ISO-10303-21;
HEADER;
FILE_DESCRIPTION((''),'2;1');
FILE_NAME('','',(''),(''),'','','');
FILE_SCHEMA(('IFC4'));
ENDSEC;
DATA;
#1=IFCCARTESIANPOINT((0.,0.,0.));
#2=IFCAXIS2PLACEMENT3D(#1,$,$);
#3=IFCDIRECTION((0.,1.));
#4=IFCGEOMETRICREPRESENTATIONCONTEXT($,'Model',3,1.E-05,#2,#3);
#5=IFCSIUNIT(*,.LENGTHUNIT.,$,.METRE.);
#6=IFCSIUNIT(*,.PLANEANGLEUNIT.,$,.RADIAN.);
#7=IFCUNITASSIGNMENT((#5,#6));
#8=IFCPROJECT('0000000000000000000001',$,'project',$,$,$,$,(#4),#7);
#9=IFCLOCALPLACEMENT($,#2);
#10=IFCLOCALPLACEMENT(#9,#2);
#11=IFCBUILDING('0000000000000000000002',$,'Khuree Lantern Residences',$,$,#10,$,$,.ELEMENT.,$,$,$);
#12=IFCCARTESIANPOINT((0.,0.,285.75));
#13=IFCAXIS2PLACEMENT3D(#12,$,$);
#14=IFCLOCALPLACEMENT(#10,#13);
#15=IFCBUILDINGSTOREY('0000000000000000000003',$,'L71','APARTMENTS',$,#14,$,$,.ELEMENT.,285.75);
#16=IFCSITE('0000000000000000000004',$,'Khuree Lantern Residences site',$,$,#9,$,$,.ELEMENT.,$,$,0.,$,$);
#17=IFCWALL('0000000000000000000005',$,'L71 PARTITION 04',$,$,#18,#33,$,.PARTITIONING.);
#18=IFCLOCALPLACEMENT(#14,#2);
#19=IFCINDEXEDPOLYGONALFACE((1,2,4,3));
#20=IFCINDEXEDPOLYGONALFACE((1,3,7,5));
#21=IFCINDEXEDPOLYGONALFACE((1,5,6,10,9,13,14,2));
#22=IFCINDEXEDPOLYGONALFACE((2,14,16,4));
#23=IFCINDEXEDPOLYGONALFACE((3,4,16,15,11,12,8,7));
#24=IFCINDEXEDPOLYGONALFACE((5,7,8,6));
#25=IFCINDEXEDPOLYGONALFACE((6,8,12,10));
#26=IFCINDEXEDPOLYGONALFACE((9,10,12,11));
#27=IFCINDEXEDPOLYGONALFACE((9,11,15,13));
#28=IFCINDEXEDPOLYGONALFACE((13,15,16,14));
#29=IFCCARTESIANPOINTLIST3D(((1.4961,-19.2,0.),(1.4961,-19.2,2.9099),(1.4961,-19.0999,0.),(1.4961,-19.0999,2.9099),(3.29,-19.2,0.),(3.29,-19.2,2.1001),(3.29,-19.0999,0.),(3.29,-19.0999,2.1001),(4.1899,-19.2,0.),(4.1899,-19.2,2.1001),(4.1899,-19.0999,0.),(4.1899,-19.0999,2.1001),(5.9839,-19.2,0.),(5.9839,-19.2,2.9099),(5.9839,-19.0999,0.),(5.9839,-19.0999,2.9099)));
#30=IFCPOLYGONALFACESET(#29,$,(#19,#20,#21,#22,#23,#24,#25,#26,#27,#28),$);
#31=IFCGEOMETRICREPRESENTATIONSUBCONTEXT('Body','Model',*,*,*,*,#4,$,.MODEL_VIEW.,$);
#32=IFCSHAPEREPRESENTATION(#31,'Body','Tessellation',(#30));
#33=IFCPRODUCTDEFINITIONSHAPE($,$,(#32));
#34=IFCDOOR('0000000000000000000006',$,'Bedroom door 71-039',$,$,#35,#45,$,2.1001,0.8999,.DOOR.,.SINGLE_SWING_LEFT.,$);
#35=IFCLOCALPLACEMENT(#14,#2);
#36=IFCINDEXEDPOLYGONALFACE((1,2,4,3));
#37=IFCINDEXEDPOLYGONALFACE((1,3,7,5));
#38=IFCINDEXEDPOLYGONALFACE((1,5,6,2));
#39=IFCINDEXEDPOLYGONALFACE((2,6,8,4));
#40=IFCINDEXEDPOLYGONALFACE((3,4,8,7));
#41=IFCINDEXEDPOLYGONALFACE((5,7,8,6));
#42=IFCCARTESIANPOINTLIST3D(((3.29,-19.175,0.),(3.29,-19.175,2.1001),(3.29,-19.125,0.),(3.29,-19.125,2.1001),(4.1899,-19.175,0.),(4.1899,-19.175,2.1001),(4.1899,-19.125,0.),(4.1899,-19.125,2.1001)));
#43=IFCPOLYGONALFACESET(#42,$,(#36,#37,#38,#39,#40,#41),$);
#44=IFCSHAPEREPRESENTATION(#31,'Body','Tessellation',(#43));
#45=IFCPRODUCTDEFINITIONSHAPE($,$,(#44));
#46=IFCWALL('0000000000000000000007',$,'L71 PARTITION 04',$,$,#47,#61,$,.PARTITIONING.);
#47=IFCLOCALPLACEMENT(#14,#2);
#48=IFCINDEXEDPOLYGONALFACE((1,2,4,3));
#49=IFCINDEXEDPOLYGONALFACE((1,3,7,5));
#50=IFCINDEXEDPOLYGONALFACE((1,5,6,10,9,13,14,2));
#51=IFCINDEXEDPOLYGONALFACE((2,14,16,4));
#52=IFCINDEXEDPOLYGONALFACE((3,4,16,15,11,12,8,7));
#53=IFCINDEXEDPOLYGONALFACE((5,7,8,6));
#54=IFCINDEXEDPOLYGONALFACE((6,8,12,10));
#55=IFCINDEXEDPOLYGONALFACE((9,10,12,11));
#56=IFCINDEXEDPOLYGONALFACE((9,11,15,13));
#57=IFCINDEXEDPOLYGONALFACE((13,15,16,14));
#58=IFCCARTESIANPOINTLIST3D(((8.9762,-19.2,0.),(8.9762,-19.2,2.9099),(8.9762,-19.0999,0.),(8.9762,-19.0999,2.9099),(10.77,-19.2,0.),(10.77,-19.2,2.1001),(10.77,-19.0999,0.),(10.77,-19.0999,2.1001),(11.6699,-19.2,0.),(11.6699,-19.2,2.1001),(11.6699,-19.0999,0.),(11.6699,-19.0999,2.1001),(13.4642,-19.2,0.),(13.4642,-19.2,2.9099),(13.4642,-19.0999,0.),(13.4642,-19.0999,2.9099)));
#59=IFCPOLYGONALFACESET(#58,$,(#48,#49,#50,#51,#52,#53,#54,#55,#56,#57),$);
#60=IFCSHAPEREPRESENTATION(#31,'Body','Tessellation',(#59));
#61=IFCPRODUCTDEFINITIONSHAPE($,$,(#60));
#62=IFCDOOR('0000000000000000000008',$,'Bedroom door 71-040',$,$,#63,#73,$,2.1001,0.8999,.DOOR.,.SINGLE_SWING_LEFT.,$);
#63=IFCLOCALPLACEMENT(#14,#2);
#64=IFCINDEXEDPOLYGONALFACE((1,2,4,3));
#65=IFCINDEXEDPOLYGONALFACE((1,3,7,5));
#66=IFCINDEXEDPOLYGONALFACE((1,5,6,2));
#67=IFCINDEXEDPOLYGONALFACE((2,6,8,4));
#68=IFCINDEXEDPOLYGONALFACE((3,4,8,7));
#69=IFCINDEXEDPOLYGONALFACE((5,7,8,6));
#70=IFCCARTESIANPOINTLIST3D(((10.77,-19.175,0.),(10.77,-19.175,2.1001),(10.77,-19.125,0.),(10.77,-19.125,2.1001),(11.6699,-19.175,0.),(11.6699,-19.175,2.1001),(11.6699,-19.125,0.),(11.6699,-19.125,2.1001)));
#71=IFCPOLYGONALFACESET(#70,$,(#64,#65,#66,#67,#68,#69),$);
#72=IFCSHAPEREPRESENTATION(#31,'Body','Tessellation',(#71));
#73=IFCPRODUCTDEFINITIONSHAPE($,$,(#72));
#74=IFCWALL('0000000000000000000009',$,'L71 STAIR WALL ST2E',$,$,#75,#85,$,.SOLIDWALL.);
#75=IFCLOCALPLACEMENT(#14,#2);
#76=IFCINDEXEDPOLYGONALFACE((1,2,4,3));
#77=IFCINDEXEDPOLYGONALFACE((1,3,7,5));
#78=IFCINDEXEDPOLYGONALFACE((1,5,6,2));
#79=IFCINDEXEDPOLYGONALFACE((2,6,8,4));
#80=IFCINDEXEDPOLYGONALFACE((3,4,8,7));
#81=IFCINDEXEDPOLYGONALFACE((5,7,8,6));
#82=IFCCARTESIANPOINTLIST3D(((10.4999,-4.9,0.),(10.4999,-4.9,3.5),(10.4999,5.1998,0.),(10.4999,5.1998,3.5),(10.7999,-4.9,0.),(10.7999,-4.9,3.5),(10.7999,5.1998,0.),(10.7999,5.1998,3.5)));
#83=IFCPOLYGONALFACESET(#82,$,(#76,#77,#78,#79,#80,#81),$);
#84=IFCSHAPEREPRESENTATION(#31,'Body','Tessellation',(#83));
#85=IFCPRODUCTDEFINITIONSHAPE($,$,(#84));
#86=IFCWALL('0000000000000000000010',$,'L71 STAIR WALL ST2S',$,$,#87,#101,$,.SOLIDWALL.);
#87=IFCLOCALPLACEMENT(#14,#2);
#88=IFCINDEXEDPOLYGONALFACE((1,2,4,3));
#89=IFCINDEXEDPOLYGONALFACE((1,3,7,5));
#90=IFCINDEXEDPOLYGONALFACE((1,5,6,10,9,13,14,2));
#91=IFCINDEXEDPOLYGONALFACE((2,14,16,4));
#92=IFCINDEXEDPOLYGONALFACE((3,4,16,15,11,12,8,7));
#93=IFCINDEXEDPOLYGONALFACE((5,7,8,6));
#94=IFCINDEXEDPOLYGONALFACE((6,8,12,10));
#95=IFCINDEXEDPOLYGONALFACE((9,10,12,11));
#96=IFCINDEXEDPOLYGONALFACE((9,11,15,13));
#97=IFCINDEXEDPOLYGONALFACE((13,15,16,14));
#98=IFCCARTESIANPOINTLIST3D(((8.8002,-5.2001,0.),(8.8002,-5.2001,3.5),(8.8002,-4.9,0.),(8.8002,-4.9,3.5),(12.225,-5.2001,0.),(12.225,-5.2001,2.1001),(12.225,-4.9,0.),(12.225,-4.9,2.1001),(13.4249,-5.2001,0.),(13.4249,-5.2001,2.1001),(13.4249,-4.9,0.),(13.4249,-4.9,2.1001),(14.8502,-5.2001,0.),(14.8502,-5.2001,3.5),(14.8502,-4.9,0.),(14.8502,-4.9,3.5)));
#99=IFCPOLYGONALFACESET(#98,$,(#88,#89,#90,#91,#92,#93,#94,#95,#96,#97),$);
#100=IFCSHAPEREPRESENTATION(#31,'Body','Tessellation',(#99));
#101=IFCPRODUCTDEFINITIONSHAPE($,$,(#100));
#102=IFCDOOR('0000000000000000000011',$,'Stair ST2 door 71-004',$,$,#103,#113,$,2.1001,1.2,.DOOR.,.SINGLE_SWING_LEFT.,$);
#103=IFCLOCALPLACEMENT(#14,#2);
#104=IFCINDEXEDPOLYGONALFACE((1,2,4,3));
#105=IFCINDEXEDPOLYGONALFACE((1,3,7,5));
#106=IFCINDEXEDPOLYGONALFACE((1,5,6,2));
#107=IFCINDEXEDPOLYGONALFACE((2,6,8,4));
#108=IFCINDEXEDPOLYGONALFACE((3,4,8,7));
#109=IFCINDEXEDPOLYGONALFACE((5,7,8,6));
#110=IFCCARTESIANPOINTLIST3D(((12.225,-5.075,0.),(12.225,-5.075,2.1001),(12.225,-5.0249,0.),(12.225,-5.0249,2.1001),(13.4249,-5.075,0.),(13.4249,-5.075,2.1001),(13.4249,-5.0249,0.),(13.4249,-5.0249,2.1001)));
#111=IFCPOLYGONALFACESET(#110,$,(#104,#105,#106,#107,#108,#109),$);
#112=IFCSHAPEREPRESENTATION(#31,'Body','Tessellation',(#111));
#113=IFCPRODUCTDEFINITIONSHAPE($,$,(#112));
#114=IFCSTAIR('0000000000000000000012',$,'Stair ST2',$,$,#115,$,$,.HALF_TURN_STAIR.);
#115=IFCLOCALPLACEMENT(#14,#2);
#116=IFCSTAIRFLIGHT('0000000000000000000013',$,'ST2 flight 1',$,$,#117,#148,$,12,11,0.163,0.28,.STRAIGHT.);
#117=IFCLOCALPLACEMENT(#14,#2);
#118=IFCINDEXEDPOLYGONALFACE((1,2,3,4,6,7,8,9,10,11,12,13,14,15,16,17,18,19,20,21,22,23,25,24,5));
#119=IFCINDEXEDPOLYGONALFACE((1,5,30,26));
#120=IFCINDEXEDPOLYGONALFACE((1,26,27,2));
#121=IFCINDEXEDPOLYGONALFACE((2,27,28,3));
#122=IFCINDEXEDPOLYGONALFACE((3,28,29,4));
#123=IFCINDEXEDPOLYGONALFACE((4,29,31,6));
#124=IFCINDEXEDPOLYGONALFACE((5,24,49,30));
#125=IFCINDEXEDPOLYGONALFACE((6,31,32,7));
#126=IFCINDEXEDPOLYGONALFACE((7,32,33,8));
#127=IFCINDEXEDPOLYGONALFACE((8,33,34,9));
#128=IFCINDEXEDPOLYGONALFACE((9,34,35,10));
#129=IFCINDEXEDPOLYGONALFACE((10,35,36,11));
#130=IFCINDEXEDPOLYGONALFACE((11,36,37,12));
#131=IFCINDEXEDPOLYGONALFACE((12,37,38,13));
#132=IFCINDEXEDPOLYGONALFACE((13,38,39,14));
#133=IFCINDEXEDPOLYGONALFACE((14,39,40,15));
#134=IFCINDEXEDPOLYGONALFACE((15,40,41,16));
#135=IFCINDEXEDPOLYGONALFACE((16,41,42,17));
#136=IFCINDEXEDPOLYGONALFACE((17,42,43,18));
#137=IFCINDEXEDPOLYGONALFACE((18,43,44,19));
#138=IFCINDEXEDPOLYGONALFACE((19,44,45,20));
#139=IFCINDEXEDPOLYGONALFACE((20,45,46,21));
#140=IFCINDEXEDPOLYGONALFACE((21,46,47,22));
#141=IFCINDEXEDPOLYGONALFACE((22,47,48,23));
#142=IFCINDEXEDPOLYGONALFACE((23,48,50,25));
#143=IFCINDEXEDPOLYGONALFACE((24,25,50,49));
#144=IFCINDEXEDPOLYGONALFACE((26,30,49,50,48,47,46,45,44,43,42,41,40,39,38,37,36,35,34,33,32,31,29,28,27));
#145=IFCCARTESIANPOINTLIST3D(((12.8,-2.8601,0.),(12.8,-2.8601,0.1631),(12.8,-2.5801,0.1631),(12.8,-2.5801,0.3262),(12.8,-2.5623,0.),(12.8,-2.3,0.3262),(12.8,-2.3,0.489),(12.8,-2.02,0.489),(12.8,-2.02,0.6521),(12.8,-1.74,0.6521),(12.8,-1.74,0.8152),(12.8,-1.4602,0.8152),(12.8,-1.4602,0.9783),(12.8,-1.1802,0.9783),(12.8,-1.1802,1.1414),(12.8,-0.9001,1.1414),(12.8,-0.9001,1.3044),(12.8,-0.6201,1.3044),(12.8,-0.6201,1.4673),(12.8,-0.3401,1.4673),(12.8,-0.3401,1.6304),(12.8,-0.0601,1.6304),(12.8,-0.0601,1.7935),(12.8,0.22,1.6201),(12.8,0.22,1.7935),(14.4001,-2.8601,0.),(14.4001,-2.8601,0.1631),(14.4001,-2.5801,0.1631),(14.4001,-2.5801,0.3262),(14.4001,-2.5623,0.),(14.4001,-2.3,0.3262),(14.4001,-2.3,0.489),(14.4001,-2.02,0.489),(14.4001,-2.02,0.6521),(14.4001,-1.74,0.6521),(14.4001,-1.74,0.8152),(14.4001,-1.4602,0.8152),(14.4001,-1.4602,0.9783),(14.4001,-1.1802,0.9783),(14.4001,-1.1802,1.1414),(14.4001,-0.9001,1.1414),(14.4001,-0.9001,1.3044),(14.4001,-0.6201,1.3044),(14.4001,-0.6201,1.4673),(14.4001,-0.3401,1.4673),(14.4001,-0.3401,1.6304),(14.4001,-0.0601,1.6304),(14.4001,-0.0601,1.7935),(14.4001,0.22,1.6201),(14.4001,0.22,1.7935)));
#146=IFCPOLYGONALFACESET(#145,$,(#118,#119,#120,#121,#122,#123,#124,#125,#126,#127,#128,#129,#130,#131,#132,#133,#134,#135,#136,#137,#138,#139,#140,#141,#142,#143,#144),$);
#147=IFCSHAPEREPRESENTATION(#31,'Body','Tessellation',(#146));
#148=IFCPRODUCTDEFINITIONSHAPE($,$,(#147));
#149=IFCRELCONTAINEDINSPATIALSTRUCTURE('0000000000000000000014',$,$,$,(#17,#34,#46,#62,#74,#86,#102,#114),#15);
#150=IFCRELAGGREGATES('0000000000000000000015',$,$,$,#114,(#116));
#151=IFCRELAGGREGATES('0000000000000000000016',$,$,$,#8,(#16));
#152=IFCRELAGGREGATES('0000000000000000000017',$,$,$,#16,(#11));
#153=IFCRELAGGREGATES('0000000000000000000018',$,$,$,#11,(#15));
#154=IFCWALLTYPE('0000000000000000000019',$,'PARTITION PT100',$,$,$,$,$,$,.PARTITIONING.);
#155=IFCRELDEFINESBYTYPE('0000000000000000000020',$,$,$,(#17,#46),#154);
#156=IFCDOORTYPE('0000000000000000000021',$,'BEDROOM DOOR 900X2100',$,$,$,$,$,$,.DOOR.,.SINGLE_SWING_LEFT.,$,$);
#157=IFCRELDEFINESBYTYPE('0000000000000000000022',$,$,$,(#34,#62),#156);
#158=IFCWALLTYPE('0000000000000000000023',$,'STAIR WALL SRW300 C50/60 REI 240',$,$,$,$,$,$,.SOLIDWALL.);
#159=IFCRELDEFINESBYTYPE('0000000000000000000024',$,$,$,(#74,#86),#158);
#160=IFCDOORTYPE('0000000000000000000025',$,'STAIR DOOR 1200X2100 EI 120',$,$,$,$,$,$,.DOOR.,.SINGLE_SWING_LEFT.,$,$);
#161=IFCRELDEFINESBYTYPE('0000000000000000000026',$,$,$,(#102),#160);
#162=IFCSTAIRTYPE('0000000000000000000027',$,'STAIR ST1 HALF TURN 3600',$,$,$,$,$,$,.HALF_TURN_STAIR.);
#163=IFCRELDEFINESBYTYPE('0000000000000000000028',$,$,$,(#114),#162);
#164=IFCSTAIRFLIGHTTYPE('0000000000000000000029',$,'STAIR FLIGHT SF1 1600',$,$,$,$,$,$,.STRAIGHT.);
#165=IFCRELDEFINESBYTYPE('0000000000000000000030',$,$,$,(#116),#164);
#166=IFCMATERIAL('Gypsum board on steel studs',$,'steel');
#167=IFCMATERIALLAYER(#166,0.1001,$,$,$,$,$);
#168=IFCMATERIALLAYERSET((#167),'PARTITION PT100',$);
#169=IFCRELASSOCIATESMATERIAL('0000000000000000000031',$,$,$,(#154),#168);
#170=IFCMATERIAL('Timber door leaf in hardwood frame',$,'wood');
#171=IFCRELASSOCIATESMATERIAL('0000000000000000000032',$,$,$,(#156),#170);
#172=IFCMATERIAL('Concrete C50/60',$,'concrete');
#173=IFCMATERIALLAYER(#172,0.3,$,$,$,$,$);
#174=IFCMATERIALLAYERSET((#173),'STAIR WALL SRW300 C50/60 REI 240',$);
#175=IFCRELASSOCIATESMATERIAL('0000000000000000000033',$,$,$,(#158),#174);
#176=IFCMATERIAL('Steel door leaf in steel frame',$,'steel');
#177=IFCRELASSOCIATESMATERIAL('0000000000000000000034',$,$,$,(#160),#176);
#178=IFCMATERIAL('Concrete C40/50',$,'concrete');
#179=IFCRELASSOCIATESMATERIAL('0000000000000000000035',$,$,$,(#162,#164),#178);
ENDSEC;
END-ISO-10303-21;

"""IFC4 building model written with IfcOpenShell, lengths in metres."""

from ifc_helpers import new_model, si_unit, direction, frame, frame_2d, origin, place, context, subcontext, project, spatial, polyline, rectangle, outline, extrude, material, layer, layer_set, type_object, element, fill, aggregate, save


model = new_model("IFC4")

# Units and contexts
model_context = context("Model", 3, precision=1e-05, world=origin(), true_north=direction((0.0, 1.0)))
body_context = subcontext(model_context, "Body", "Model", "MODEL_VIEW")
ifc_project = project(units=[si_unit("LENGTHUNIT", "METRE"), si_unit("PLANEANGLEUNIT", "RADIAN")], contexts=[model_context])

# Site, building, storey
site_placement = place(None, origin())
site = spatial("IfcSite", under=ifc_project, at=site_placement, Name="Khuree Lantern Residences site", CompositionType="ELEMENT", RefElevation=0.0)
building_placement = place(site_placement, origin())
building = spatial("IfcBuilding", under=site, at=building_placement, Name="Khuree Lantern Residences", CompositionType="ELEMENT")
storey_placement = place(building_placement, frame((0.0, 0.0, 285.75)))
storey = spatial("IfcBuildingStorey", under=building, at=storey_placement, Name="L71", Description="APARTMENTS", CompositionType="ELEMENT", Elevation=285.75)

# Shared definitions
ifc_material_1 = material(Name="Concrete C50/60", Category="concrete")

# Shared definitions
ifc_material_2 = material(Name="Timber door leaf in hardwood frame", Category="wood")

# Shared definitions
ifc_material_3 = material(Name="Steel door leaf in steel frame", Category="steel")

# Shared definitions
ifc_material_4 = material(Name="Gypsum board on steel studs", Category="steel")
ifc_layer_1 = layer(ifc_material_4, 0.1001)
ifc_layer_set_1 = layer_set([ifc_layer_1], Name="PARTITION PT100")
wall_type_1 = type_object("IfcWallType", Name="PARTITION PT100", PredefinedType="PARTITIONING", material=ifc_layer_set_1)

# Walls, openings, doors
wall_1_placement = place(storey_placement, frame((1.4961, -19.1499, 0.0), z_axis=(0.0, 0.0, 1.0), x_axis=(1.0, 0.0, 0.0)))
wall_1 = element("IfcWall", 1, at=wall_1_placement, inside=storey, type_object=wall_type_1, Name="L71 PARTITION 04", PredefinedType="PARTITIONING", context=body_context, shape_type="SweptSolid", body=[
    extrude(rectangle(XDim=4.4878, YDim=0.1001, at=frame_2d((2.2439, 0.0))), origin(), (0.0, 0.0, 1.0), 2.9099),
])
opening_1_placement = place(wall_1_placement, frame((1.7939, 0.0, 0.0)))
opening_1 = element("IfcOpeningElement", 2, at=opening_1_placement, cuts=wall_1, PredefinedType="OPENING", context=body_context, shape_type="SweptSolid", body=[
    extrude(rectangle(XDim=0.8999, YDim=2.1001, at=frame_2d((0.45, 1.05))), frame((0.0, 0.0601, 0.0), z_axis=(0.0, -1.0, 0.0), x_axis=(1.0, 0.0, 0.0)), (0.0, 0.0, 1.0), 0.1201),
])
door_type_1 = type_object("IfcDoorType", Name="BEDROOM DOOR 900X2100", OperationType="SINGLE_SWING_LEFT", PredefinedType="DOOR", material=ifc_material_2)
door_1_placement = place(opening_1_placement, origin())
door_1 = element("IfcDoor", 3, at=door_1_placement, inside=storey, type_object=door_type_1, Name="Bedroom door 71-039", OperationType="SINGLE_SWING_LEFT", OverallHeight=2.1001, OverallWidth=0.8999, PredefinedType="DOOR", context=body_context, shape_type="SweptSolid", body=[
    extrude(rectangle(XDim=0.8999, YDim=2.1001, at=frame_2d((0.45, 1.05))), frame((0.0, 0.0249, 0.0), z_axis=(0.0, -1.0, 0.0), x_axis=(1.0, 0.0, 0.0)), (0.0, 0.0, 1.0), 0.05),
])
fill(opening_1, door_1)
wall_2_placement = place(storey_placement, frame((8.9761, -19.1499, 0.0), z_axis=(0.0, 0.0, 1.0), x_axis=(1.0, 0.0, 0.0)))
wall_2 = element("IfcWall", 4, at=wall_2_placement, inside=storey, type_object=wall_type_1, Name="L71 PARTITION 04", PredefinedType="PARTITIONING", context=body_context, shape_type="SweptSolid", body=[
    extrude(rectangle(XDim=4.488, YDim=0.1001, at=frame_2d((2.2441, 0.0))), origin(), (0.0, 0.0, 1.0), 2.9099),
])
opening_2_placement = place(wall_2_placement, frame((1.7939, 0.0, 0.0)))
opening_2 = element("IfcOpeningElement", 5, at=opening_2_placement, cuts=wall_2, PredefinedType="OPENING", context=body_context, shape_type="SweptSolid", body=[
    extrude(rectangle(XDim=0.8999, YDim=2.1001, at=frame_2d((0.45, 1.05))), frame((0.0, 0.0601, 0.0), z_axis=(0.0, -1.0, 0.0), x_axis=(1.0, 0.0, 0.0)), (0.0, 0.0, 1.0), 0.1201),
])
door_2_placement = place(opening_2_placement, origin())
door_2 = element("IfcDoor", 6, at=door_2_placement, inside=storey, type_object=door_type_1, Name="Bedroom door 71-040", OperationType="SINGLE_SWING_LEFT", OverallHeight=2.1001, OverallWidth=0.8999, PredefinedType="DOOR", context=body_context, shape_type="SweptSolid", body=[
    extrude(rectangle(XDim=0.8999, YDim=2.1001, at=frame_2d((0.45, 1.05))), frame((0.0, 0.0249, 0.0), z_axis=(0.0, -1.0, 0.0), x_axis=(1.0, 0.0, 0.0)), (0.0, 0.0, 1.0), 0.05),
])
fill(opening_2, door_2)

# Wall
ifc_layer_2 = layer(ifc_material_1, 0.3)
ifc_layer_set_2 = layer_set([ifc_layer_2], Name="STAIR WALL SRW300 C50/60 REI 240")
wall_type_2 = type_object("IfcWallType", Name="STAIR WALL SRW300 C50/60 REI 240", PredefinedType="SOLIDWALL", material=ifc_layer_set_2)
wall_3_placement = place(storey_placement, frame((10.6499, -4.8999, 0.0), z_axis=(0.0, 0.0, 1.0), x_axis=(0.0, 1.0, 0.0)))
element("IfcWall", 7, at=wall_3_placement, inside=storey, type_object=wall_type_2, Name="L71 STAIR WALL ST2E", PredefinedType="SOLIDWALL", context=body_context, shape_type="SweptSolid", body=[
    extrude(rectangle(XDim=10.0999, YDim=0.3, at=frame_2d((5.0498, 0.0))), origin(), (0.0, 0.0, 1.0), 3.5),
])

# Wall, opening, door
wall_4_placement = place(storey_placement, frame((14.8501, -5.05, 0.0), z_axis=(0.0, 0.0, 1.0), x_axis=(-1.0, 0.0, 0.0)))
wall_4 = element("IfcWall", 8, at=wall_4_placement, inside=storey, type_object=wall_type_2, Name="L71 STAIR WALL ST2S", PredefinedType="SOLIDWALL", context=body_context, shape_type="SweptSolid", body=[
    extrude(rectangle(XDim=6.05, YDim=0.3, at=frame_2d((3.0249, 0.0))), origin(), (0.0, 0.0, 1.0), 3.5),
])
opening_3_placement = place(wall_4_placement, frame((1.425, 0.0, 0.0)))
opening_3 = element("IfcOpeningElement", 9, at=opening_3_placement, cuts=wall_4, PredefinedType="OPENING", context=body_context, shape_type="SweptSolid", body=[
    extrude(rectangle(XDim=1.2, YDim=2.1001, at=frame_2d((0.6001, 1.05))), frame((0.0, 0.1602, 0.0), z_axis=(0.0, -1.0, 0.0), x_axis=(1.0, 0.0, 0.0)), (0.0, 0.0, 1.0), 0.3201),
])
door_type_2 = type_object("IfcDoorType", Name="STAIR DOOR 1200X2100 EI 120", OperationType="SINGLE_SWING_LEFT", PredefinedType="DOOR", material=ifc_material_3)
door_3_placement = place(opening_3_placement, origin())
door_3 = element("IfcDoor", 10, at=door_3_placement, inside=storey, type_object=door_type_2, Name="Stair ST2 door 71-004", OperationType="SINGLE_SWING_LEFT", OverallHeight=2.1001, OverallWidth=1.2, PredefinedType="DOOR", context=body_context, shape_type="SweptSolid", body=[
    extrude(rectangle(XDim=1.2, YDim=2.1001, at=frame_2d((0.6001, 1.05))), frame((0.0, 0.0249, 0.0), z_axis=(0.0, -1.0, 0.0), x_axis=(1.0, 0.0, 0.0)), (0.0, 0.0, 1.0), 0.05),
])
fill(opening_3, door_3)

# Stair, stair flight
ifc_material_5 = material(Name="Concrete C40/50", Category="concrete")
stair_type = type_object("IfcStairType", Name="STAIR ST1 HALF TURN 3600", PredefinedType="HALF_TURN_STAIR", material=ifc_material_5)
stair_placement = place(storey_placement, origin())
stair = element("IfcStair", 11, at=stair_placement, inside=storey, type_object=stair_type, Name="Stair ST2", PredefinedType="HALF_TURN_STAIR")
stair_flight_type = type_object("IfcStairFlightType", Name="STAIR FLIGHT SF1 1600", PredefinedType="STRAIGHT", material=ifc_material_5)
stair_flight_1_placement = place(storey_placement, frame((13.6001, -2.8601, 0.0), z_axis=(0.0, 0.0, 1.0), x_axis=(0.0, 1.0, 0.0)))
stair_flight_1 = element("IfcStairFlight", 12, at=stair_flight_1_placement, type_object=stair_flight_type, Name="ST2 flight 1", NumberOfRisers=12, NumberOfTreads=11, PredefinedType="STRAIGHT", RiserHeight=0.163, TreadLength=0.28, context=body_context, shape_type="SweptSolid", body=[
    extrude(outline(polyline([(0.0, 0.0), (0.0, 0.1631), (0.28, 0.1631), (0.28, 0.3262), (0.5601, 0.3262), (0.5601, 0.489), (0.8401, 0.489), (0.8401, 0.6521), (1.1201, 0.6521), (1.1201, 0.8152), (1.3999, 0.8152), (1.3999, 0.9783), (1.6799, 0.9783), (1.6799, 1.1414), (1.96, 1.1414), (1.96, 1.3044), (2.24, 1.3044), (2.24, 1.4673), (2.52, 1.4673), (2.52, 1.6304), (2.8, 1.6304), (2.8, 1.7935), (3.0801, 1.7935), (3.0801, 1.9565), (3.0801, 1.6201), (0.2979, 0.0), (0.0, 0.0)])), frame((0.0, 0.8, 0.0), z_axis=(0.0, -1.0, 0.0), x_axis=(1.0, 0.0, 0.0)), (0.0, 0.0, 1.0), 1.6001),
])
aggregate(stair, [stair_flight_1])

save(model, "model.ifc")
